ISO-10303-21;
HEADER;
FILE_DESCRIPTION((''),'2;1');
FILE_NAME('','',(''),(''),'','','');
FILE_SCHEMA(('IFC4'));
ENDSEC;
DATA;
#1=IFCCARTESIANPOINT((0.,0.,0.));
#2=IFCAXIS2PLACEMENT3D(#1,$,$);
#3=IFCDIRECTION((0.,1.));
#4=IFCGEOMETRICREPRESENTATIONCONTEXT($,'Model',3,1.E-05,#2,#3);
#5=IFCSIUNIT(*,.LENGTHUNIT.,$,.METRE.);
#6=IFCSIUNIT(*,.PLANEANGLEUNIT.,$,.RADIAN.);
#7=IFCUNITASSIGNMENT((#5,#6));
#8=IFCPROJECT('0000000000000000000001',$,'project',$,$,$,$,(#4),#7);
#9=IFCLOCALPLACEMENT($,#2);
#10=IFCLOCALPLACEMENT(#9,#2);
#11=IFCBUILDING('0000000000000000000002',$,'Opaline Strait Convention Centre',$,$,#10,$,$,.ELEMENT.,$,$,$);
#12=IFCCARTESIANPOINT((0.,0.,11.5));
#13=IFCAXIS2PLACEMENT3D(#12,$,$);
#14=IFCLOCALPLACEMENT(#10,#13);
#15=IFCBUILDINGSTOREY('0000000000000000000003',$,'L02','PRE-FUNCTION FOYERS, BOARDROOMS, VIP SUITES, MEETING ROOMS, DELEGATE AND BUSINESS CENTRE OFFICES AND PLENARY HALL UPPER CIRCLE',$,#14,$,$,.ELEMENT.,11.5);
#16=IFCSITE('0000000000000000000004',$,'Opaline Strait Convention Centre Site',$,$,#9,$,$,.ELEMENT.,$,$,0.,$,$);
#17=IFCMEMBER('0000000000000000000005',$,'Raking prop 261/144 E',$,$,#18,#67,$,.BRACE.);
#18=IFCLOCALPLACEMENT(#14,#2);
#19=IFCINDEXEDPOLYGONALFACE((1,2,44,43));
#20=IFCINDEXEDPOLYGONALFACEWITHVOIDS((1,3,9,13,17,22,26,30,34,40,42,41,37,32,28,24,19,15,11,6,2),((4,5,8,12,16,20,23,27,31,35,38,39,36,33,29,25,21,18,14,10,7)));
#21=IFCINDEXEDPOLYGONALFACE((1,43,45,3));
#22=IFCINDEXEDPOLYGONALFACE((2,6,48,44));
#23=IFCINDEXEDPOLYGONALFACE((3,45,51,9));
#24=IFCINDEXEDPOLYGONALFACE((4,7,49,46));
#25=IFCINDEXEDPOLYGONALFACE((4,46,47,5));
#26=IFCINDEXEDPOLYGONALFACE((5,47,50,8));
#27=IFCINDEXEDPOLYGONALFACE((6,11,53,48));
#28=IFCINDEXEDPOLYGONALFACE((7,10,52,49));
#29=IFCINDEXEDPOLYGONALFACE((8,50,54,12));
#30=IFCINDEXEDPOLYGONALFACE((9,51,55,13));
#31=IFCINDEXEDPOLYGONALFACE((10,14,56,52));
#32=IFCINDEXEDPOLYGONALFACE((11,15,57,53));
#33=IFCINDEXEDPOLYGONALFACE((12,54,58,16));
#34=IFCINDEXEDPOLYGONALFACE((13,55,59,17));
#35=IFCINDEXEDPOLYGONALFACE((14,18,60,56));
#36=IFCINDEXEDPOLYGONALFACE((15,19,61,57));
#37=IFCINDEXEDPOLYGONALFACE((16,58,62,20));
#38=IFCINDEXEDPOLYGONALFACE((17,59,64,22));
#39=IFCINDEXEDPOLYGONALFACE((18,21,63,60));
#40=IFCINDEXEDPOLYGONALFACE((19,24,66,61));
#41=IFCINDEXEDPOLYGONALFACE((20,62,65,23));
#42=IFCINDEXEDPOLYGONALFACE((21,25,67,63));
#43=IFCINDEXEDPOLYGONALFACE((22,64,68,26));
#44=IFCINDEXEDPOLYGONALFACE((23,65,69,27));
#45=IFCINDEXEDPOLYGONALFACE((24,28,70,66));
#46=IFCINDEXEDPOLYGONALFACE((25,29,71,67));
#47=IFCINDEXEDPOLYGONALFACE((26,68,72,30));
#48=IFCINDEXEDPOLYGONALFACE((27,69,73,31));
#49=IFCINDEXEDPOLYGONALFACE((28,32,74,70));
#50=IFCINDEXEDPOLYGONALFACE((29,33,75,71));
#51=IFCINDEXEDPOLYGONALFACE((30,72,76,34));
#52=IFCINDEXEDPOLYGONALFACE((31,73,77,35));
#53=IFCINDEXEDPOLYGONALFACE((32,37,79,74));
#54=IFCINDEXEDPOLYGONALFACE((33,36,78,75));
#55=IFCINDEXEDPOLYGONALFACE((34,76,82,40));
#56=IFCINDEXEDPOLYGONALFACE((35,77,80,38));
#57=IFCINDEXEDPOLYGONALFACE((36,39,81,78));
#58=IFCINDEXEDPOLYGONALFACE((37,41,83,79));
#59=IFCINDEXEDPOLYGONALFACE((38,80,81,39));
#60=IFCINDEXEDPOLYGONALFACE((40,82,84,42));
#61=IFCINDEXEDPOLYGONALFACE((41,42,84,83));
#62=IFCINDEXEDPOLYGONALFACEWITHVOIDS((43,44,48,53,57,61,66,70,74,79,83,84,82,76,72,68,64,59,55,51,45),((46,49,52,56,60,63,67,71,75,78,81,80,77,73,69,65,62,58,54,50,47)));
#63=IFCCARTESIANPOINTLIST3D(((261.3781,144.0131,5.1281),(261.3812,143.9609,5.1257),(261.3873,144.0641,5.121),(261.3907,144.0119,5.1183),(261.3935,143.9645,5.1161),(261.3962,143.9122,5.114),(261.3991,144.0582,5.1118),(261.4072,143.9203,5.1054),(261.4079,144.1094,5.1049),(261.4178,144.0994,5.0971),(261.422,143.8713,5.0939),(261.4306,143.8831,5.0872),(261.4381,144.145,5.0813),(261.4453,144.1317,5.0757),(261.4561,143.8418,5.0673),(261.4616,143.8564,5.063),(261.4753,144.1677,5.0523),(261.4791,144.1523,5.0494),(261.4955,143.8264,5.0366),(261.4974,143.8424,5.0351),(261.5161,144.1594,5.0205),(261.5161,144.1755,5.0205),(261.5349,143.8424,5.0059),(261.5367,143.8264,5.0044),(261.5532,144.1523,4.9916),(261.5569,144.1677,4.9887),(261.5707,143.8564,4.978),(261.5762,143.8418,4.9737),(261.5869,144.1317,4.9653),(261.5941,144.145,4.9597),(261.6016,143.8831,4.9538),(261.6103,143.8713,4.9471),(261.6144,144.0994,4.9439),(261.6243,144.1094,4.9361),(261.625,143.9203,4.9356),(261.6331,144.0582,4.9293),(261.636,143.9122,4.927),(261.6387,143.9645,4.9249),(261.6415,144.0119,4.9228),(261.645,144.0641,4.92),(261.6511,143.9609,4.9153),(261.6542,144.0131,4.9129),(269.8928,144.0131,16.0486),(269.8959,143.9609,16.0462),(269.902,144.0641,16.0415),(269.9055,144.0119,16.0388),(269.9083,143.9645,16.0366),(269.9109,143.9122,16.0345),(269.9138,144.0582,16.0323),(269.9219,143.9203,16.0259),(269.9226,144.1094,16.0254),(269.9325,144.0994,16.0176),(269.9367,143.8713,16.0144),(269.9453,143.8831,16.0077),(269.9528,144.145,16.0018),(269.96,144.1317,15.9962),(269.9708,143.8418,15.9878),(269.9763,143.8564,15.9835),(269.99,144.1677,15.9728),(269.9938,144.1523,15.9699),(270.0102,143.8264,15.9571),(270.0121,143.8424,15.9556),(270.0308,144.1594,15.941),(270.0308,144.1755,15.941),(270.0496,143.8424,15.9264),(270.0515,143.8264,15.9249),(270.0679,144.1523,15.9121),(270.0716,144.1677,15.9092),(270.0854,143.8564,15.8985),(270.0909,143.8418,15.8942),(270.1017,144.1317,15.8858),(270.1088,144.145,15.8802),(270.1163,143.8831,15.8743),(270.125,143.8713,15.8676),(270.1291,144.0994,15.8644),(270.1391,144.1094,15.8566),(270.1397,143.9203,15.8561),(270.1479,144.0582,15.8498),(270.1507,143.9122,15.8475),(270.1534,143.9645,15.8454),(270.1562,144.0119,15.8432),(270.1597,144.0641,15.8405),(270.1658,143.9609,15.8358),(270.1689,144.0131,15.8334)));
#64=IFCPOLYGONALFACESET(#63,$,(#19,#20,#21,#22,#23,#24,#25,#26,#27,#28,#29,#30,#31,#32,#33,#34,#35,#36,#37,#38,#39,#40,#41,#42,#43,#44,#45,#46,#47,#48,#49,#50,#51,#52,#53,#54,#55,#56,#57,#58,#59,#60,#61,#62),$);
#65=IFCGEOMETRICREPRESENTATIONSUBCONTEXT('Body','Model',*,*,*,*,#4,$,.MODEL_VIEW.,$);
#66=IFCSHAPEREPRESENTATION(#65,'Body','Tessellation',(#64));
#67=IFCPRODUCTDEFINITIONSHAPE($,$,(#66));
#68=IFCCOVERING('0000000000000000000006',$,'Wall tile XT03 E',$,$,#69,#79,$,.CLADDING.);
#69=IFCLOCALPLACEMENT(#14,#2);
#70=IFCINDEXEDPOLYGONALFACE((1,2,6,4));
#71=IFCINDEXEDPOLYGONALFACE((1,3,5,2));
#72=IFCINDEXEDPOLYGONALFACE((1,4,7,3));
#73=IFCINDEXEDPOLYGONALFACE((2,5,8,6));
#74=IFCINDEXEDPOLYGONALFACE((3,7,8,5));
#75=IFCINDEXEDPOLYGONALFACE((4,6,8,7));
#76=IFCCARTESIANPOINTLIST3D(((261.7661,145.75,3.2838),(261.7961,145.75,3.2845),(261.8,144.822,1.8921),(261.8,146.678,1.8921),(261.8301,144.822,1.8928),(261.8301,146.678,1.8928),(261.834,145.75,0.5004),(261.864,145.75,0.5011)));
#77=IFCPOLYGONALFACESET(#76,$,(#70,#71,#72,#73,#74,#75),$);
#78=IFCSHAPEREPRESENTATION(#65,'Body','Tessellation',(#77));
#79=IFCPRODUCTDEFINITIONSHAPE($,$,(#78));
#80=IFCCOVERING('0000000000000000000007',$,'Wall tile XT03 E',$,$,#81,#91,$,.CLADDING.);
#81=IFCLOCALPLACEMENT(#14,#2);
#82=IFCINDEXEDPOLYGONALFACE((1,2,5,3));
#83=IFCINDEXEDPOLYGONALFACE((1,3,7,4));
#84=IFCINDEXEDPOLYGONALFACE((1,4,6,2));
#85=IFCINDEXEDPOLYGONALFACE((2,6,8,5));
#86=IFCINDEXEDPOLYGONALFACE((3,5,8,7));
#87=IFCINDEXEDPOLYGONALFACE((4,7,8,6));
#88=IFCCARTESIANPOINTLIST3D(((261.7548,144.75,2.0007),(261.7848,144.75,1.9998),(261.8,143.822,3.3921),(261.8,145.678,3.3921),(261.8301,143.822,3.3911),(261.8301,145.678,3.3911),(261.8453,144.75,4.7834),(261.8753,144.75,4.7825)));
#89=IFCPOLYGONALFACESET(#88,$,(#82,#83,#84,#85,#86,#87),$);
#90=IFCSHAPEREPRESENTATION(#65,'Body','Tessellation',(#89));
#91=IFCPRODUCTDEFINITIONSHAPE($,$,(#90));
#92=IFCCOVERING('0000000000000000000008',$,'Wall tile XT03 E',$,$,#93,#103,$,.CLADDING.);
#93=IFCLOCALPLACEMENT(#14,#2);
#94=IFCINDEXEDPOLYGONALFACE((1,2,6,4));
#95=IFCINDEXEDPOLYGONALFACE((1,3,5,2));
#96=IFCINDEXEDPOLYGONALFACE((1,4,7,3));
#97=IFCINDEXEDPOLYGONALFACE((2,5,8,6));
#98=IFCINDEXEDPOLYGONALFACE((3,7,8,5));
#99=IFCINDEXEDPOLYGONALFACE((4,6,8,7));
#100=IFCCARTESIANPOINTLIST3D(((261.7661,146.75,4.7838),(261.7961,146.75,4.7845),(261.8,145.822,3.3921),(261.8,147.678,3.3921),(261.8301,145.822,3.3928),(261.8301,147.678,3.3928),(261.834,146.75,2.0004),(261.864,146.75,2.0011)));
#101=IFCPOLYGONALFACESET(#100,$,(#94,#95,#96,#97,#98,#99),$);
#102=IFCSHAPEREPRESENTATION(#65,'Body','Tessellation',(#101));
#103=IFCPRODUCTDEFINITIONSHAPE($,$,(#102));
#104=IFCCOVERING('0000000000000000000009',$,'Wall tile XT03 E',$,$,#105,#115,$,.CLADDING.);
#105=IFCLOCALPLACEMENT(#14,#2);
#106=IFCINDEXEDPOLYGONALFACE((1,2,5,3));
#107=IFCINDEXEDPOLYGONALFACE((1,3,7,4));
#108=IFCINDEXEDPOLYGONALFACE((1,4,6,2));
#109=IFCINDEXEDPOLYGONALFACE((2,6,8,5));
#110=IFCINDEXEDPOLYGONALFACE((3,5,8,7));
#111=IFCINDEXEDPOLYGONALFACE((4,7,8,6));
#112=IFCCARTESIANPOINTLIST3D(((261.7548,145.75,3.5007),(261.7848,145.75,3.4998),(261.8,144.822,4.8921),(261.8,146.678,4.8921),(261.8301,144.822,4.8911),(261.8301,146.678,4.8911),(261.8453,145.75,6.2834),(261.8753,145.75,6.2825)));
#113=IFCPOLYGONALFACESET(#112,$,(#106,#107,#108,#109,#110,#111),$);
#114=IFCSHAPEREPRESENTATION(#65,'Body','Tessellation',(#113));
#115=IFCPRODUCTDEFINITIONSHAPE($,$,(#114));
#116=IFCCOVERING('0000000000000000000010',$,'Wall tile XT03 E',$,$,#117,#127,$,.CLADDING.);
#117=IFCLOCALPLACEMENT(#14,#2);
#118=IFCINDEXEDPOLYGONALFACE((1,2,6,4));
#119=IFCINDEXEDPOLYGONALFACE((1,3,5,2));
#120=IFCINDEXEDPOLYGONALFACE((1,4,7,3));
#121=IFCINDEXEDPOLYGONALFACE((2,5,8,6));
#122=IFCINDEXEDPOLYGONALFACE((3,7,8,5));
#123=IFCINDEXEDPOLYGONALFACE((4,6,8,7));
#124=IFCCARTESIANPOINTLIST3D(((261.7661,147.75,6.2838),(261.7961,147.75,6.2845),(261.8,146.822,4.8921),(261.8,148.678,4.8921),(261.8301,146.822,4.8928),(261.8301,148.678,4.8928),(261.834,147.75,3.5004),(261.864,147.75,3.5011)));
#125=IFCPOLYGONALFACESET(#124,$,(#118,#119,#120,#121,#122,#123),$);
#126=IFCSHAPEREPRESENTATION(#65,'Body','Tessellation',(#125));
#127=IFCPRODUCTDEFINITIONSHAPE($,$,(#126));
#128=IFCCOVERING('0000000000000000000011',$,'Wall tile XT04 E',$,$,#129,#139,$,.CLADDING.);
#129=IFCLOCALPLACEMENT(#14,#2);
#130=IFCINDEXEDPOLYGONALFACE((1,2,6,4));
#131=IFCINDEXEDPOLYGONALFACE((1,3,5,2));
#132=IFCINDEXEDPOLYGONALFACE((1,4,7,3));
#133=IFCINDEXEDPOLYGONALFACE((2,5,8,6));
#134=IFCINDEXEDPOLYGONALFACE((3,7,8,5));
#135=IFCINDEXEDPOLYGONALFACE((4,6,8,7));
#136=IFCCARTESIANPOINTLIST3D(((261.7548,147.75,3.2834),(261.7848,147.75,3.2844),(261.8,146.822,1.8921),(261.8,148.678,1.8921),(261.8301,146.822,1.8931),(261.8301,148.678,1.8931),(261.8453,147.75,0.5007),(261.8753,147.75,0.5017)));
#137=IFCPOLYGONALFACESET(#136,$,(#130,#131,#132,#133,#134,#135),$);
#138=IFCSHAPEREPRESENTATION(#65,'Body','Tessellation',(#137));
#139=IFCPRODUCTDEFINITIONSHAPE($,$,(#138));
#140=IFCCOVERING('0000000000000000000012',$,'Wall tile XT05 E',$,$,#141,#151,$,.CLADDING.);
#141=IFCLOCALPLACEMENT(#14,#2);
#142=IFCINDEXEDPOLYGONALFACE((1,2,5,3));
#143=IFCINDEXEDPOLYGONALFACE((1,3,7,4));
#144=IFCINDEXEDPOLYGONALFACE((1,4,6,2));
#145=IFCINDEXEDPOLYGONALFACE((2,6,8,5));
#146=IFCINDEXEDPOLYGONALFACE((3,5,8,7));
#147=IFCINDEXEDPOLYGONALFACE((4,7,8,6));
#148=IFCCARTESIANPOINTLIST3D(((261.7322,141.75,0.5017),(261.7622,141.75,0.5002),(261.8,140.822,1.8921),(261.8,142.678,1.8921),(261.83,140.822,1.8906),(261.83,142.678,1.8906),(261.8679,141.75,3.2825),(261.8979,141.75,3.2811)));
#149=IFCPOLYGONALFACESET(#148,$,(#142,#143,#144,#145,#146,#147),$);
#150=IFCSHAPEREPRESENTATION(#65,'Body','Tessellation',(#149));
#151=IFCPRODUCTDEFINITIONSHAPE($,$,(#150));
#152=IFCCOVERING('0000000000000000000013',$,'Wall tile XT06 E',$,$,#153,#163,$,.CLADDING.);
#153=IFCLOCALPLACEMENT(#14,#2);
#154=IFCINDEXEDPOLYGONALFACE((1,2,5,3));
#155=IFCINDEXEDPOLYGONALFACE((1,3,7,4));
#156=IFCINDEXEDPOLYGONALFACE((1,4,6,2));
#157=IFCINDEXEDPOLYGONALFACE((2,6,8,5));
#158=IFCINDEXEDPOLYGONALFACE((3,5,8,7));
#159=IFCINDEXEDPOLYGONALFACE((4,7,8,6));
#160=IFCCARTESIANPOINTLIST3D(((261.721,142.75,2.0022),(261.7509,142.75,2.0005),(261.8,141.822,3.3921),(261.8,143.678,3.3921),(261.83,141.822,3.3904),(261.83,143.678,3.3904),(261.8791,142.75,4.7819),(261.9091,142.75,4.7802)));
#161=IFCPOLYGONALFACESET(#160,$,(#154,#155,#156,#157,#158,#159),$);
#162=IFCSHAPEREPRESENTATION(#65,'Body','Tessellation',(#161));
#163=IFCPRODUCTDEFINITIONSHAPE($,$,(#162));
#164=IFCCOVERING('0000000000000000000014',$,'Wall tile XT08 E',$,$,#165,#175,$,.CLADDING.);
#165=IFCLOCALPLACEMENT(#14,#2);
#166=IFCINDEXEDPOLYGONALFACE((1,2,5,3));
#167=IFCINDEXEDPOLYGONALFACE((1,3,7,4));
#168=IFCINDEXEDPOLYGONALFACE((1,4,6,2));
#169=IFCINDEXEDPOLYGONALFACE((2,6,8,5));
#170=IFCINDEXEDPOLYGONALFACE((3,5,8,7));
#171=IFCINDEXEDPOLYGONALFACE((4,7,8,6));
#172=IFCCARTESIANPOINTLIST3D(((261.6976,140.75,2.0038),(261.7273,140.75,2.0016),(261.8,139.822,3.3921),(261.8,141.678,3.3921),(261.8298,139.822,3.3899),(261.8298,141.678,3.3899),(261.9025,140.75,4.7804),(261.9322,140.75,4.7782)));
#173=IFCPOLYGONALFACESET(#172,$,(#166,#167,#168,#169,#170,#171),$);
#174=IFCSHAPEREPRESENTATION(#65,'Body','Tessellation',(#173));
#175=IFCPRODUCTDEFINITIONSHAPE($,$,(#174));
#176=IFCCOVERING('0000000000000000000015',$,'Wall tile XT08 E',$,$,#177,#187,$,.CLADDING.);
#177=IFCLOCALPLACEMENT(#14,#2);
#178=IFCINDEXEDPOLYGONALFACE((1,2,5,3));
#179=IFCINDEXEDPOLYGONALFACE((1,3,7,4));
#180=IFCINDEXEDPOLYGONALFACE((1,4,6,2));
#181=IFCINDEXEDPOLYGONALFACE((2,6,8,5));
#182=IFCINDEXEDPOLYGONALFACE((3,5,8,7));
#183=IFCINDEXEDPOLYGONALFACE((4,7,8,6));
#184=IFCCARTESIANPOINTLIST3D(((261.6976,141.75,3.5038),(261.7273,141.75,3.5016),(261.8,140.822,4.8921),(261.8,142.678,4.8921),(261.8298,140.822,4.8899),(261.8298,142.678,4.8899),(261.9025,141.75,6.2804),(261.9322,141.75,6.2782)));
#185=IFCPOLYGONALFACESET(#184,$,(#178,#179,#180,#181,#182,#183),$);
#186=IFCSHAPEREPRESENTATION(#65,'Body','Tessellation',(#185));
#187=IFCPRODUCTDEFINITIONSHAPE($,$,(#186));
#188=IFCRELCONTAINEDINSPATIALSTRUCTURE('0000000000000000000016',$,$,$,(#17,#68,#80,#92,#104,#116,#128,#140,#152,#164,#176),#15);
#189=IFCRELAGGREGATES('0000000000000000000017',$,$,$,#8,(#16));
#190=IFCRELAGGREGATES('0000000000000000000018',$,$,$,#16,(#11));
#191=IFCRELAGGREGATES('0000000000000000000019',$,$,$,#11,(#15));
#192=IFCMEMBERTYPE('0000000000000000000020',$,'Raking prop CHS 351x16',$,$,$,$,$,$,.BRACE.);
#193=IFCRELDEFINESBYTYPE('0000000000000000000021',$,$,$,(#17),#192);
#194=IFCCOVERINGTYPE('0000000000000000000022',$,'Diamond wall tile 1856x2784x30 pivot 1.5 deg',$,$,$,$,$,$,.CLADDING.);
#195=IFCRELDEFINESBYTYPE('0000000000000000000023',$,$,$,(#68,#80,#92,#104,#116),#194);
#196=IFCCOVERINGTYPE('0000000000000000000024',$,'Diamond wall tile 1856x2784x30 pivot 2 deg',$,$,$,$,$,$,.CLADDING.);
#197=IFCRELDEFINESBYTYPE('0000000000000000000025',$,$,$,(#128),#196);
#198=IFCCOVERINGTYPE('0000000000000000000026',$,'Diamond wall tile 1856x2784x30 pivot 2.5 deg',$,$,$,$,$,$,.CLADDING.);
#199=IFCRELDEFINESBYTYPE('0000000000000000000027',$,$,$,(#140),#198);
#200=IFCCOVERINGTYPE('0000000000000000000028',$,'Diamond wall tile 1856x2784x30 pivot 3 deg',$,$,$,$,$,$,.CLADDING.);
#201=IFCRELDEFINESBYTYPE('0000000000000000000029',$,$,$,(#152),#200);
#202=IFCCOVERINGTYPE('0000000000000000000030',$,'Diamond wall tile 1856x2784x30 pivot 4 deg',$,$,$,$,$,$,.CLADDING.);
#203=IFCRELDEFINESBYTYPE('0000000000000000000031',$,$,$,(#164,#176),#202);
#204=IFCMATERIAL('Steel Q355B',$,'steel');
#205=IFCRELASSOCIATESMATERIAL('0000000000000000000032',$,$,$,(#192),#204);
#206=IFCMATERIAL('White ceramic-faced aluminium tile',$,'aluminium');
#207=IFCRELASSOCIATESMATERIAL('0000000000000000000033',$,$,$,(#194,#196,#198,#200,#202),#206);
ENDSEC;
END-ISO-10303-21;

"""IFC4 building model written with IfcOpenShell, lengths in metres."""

from ifc_helpers import new_model, si_unit, direction, frame, origin, origin_2d, place, context, subcontext, project, spatial, polyline, hollow_circle, outline, extrude, material, material_profile, profile_set, type_object, element, save


model = new_model("IFC4")

# Units and contexts
model_context = context("Model", 3, precision=1e-05, world=origin(), true_north=direction((0.0, 1.0)))
body_context = subcontext(model_context, "Body", "Model", "MODEL_VIEW")
ifc_project = project(units=[si_unit("LENGTHUNIT", "METRE"), si_unit("PLANEANGLEUNIT", "RADIAN")], contexts=[model_context])

# Site, building, storey
site_placement = place(None, origin())
site = spatial("IfcSite", under=ifc_project, at=site_placement, Name="Opaline Strait Convention Centre Site", CompositionType="ELEMENT", RefElevation=0.0)
building_placement = place(site_placement, origin())
building = spatial("IfcBuilding", under=site, at=building_placement, Name="Opaline Strait Convention Centre", CompositionType="ELEMENT")
storey_placement = place(building_placement, frame((0.0, 0.0, 11.5)))
storey = spatial("IfcBuildingStorey", under=building, at=storey_placement, Name="L02", Description="PRE-FUNCTION FOYERS, BOARDROOMS, VIP SUITES, MEETING ROOMS, DELEGATE AND BUSINESS CENTRE OFFICES AND PLENARY HALL UPPER CIRCLE", CompositionType="ELEMENT", Elevation=11.5)

# Member
ifc_material_1 = material(Name="Steel Q355B", Category="steel")
ifc_material_profile_1 = material_profile(ifc_material_1, hollow_circle(Radius=0.1755, WallThickness=0.0161, at=origin_2d()), Name="CHS 351x16")
ifc_profile_set_1 = profile_set([ifc_material_profile_1], Name="Steel Q355B")
member_type = type_object("IfcMemberType", Name="Raking prop CHS 351x16", PredefinedType="BRACE", material=ifc_profile_set_1)
member_placement = place(storey_placement, frame((261.5161, 144.0, 5.0205), z_axis=(0.614885, 0.0, 0.788617), x_axis=(0.0, 1.0, 0.0)))
element("IfcMember", 1, at=member_placement, inside=storey, type_object=member_type, Name="Raking prop 261/144 E", PredefinedType="BRACE", context=body_context, shape_type="SweptSolid", body=[
    extrude(hollow_circle(Radius=0.1755, WallThickness=0.0161, at=origin_2d()), origin(), (0.0, 0.0, 1.0), 13.8477),
])

# Coverings
ifc_material_2 = material(Name="White ceramic-faced aluminium tile", Category="aluminium")
ifc_material_profile_2 = material_profile(ifc_material_2, outline(polyline([(0.928, 0.0), (0.0, 1.3921), (-0.928, 0.0), (0.0, -1.3921), (0.928, 0.0)])), Name="Diamond tile 1856x2784")
ifc_profile_set_2 = profile_set([ifc_material_profile_2], Name="White ceramic-faced aluminium tile")
covering_type_1 = type_object("IfcCoveringType", Name="Diamond wall tile 1856x2784x30 pivot 1.5 deg", PredefinedType="CLADDING", material=ifc_profile_set_2)
for number, where, z_axis, x_axis, name in (
    (2, (261.8, 145.75, 1.8921), (0.999703, 0.0, 0.024383), (0.0, 1.0, 0.0), "Wall tile XT03 E"),
    (3, (261.8, 144.75, 3.3921), (0.999472, 0.0, -0.032503), (0.0, 1.0, 0.0), "Wall tile XT03 E"),
    (4, (261.8, 146.75, 3.3921), (0.999703, 0.0, 0.024383), (0.0, 1.0, 0.0), "Wall tile XT03 E"),
    (5, (261.8, 145.75, 4.8921), (0.999472, 0.0, -0.032503), (0.0, 1.0, 0.0), "Wall tile XT03 E"),
    (6, (261.8, 147.75, 4.8921), (0.999703, 0.0, 0.024383), (0.0, 1.0, 0.0), "Wall tile XT03 E"),
):
    element("IfcCovering", number, at=place(storey_placement, frame(where, z_axis=z_axis, x_axis=x_axis)), inside=storey, type_object=covering_type_1, Name=name, PredefinedType="CLADDING", context=body_context, shape_type="SweptSolid", body=[
        extrude(outline(polyline([(0.928, 0.0), (0.0, 1.3921), (-0.928, 0.0), (0.0, -1.3921), (0.928, 0.0)])), origin(), (0.0, 0.0, 1.0), 0.03),
    ])
ifc_material_profile_3 = material_profile(ifc_material_2, outline(polyline([(0.928, 0.0), (0.0, 1.3921), (-0.928, 0.0), (0.0, -1.3921), (0.928, 0.0)])), Name="Diamond tile 1856x2784")
ifc_profile_set_3 = profile_set([ifc_material_profile_3], Name="White ceramic-faced aluminium tile")
covering_type_2 = type_object("IfcCoveringType", Name="Diamond wall tile 1856x2784x30 pivot 2 deg", PredefinedType="CLADDING", material=ifc_profile_set_3)
covering_1_placement = place(storey_placement, frame((261.8, 147.75, 1.8921), z_axis=(0.999472, 0.0, 0.032503), x_axis=(0.0, 1.0, 0.0)))
element("IfcCovering", 7, at=covering_1_placement, inside=storey, type_object=covering_type_2, Name="Wall tile XT04 E", PredefinedType="CLADDING", context=body_context, shape_type="SweptSolid", body=[
    extrude(outline(polyline([(0.928, 0.0), (0.0, 1.3921), (-0.928, 0.0), (0.0, -1.3921), (0.928, 0.0)])), origin(), (0.0, 0.0, 1.0), 0.03),
])
ifc_material_profile_4 = material_profile(ifc_material_2, outline(polyline([(0.928, 0.0), (0.0, 1.3921), (-0.928, 0.0), (0.0, -1.3921), (0.928, 0.0)])), Name="Diamond tile 1856x2784")
ifc_profile_set_4 = profile_set([ifc_material_profile_4], Name="White ceramic-faced aluminium tile")
covering_type_3 = type_object("IfcCoveringType", Name="Diamond wall tile 1856x2784x30 pivot 2.5 deg", PredefinedType="CLADDING", material=ifc_profile_set_4)
covering_2_placement = place(storey_placement, frame((261.8, 141.75, 1.8921), z_axis=(0.998812, 0.0, -0.048723), x_axis=(0.0, 1.0, 0.0)))
element("IfcCovering", 8, at=covering_2_placement, inside=storey, type_object=covering_type_3, Name="Wall tile XT05 E", PredefinedType="CLADDING", context=body_context, shape_type="SweptSolid", body=[
    extrude(outline(polyline([(0.928, 0.0), (0.0, 1.3921), (-0.928, 0.0), (0.0, -1.3921), (0.928, 0.0)])), origin(), (0.0, 0.0, 1.0), 0.03),
])
ifc_material_profile_5 = material_profile(ifc_material_2, outline(polyline([(0.928, 0.0), (0.0, 1.3921), (-0.928, 0.0), (0.0, -1.3921), (0.928, 0.0)])), Name="Diamond tile 1856x2784")
ifc_profile_set_5 = profile_set([ifc_material_profile_5], Name="White ceramic-faced aluminium tile")
covering_type_4 = type_object("IfcCoveringType", Name="Diamond wall tile 1856x2784x30 pivot 3 deg", PredefinedType="CLADDING", material=ifc_profile_set_5)
covering_3_placement = place(storey_placement, frame((261.8, 142.75, 3.3921), z_axis=(0.998385, 0.0, -0.056819), x_axis=(0.0, 1.0, 0.0)))
element("IfcCovering", 9, at=covering_3_placement, inside=storey, type_object=covering_type_4, Name="Wall tile XT06 E", PredefinedType="CLADDING", context=body_context, shape_type="SweptSolid", body=[
    extrude(outline(polyline([(0.928, 0.0), (0.0, 1.3921), (-0.928, 0.0), (0.0, -1.3921), (0.928, 0.0)])), origin(), (0.0, 0.0, 1.0), 0.03),
])
ifc_material_profile_6 = material_profile(ifc_material_2, outline(polyline([(0.928, 0.0), (0.0, 1.3921), (-0.928, 0.0), (0.0, -1.3921), (0.928, 0.0)])), Name="Diamond tile 1856x2784")
ifc_profile_set_6 = profile_set([ifc_material_profile_6], Name="White ceramic-faced aluminium tile")
covering_type_5 = type_object("IfcCoveringType", Name="Diamond wall tile 1856x2784x30 pivot 4 deg", PredefinedType="CLADDING", material=ifc_profile_set_6)
for number, where, z_axis, x_axis, name in (
    (10, (261.8, 140.75, 3.3921), (0.99729, 0.0, -0.073571), (0.0, 1.0, 0.0), "Wall tile XT08 E"),
    (11, (261.8, 141.75, 4.8921), (0.99729, 0.0, -0.073571), (0.0, 1.0, 0.0), "Wall tile XT08 E"),
):
    element("IfcCovering", number, at=place(storey_placement, frame(where, z_axis=z_axis, x_axis=x_axis)), inside=storey, type_object=covering_type_5, Name=name, PredefinedType="CLADDING", context=body_context, shape_type="SweptSolid", body=[
        extrude(outline(polyline([(0.928, 0.0), (0.0, 1.3921), (-0.928, 0.0), (0.0, -1.3921), (0.928, 0.0)])), origin(), (0.0, 0.0, 1.0), 0.0298),
    ])

save(model, "model.ifc")
